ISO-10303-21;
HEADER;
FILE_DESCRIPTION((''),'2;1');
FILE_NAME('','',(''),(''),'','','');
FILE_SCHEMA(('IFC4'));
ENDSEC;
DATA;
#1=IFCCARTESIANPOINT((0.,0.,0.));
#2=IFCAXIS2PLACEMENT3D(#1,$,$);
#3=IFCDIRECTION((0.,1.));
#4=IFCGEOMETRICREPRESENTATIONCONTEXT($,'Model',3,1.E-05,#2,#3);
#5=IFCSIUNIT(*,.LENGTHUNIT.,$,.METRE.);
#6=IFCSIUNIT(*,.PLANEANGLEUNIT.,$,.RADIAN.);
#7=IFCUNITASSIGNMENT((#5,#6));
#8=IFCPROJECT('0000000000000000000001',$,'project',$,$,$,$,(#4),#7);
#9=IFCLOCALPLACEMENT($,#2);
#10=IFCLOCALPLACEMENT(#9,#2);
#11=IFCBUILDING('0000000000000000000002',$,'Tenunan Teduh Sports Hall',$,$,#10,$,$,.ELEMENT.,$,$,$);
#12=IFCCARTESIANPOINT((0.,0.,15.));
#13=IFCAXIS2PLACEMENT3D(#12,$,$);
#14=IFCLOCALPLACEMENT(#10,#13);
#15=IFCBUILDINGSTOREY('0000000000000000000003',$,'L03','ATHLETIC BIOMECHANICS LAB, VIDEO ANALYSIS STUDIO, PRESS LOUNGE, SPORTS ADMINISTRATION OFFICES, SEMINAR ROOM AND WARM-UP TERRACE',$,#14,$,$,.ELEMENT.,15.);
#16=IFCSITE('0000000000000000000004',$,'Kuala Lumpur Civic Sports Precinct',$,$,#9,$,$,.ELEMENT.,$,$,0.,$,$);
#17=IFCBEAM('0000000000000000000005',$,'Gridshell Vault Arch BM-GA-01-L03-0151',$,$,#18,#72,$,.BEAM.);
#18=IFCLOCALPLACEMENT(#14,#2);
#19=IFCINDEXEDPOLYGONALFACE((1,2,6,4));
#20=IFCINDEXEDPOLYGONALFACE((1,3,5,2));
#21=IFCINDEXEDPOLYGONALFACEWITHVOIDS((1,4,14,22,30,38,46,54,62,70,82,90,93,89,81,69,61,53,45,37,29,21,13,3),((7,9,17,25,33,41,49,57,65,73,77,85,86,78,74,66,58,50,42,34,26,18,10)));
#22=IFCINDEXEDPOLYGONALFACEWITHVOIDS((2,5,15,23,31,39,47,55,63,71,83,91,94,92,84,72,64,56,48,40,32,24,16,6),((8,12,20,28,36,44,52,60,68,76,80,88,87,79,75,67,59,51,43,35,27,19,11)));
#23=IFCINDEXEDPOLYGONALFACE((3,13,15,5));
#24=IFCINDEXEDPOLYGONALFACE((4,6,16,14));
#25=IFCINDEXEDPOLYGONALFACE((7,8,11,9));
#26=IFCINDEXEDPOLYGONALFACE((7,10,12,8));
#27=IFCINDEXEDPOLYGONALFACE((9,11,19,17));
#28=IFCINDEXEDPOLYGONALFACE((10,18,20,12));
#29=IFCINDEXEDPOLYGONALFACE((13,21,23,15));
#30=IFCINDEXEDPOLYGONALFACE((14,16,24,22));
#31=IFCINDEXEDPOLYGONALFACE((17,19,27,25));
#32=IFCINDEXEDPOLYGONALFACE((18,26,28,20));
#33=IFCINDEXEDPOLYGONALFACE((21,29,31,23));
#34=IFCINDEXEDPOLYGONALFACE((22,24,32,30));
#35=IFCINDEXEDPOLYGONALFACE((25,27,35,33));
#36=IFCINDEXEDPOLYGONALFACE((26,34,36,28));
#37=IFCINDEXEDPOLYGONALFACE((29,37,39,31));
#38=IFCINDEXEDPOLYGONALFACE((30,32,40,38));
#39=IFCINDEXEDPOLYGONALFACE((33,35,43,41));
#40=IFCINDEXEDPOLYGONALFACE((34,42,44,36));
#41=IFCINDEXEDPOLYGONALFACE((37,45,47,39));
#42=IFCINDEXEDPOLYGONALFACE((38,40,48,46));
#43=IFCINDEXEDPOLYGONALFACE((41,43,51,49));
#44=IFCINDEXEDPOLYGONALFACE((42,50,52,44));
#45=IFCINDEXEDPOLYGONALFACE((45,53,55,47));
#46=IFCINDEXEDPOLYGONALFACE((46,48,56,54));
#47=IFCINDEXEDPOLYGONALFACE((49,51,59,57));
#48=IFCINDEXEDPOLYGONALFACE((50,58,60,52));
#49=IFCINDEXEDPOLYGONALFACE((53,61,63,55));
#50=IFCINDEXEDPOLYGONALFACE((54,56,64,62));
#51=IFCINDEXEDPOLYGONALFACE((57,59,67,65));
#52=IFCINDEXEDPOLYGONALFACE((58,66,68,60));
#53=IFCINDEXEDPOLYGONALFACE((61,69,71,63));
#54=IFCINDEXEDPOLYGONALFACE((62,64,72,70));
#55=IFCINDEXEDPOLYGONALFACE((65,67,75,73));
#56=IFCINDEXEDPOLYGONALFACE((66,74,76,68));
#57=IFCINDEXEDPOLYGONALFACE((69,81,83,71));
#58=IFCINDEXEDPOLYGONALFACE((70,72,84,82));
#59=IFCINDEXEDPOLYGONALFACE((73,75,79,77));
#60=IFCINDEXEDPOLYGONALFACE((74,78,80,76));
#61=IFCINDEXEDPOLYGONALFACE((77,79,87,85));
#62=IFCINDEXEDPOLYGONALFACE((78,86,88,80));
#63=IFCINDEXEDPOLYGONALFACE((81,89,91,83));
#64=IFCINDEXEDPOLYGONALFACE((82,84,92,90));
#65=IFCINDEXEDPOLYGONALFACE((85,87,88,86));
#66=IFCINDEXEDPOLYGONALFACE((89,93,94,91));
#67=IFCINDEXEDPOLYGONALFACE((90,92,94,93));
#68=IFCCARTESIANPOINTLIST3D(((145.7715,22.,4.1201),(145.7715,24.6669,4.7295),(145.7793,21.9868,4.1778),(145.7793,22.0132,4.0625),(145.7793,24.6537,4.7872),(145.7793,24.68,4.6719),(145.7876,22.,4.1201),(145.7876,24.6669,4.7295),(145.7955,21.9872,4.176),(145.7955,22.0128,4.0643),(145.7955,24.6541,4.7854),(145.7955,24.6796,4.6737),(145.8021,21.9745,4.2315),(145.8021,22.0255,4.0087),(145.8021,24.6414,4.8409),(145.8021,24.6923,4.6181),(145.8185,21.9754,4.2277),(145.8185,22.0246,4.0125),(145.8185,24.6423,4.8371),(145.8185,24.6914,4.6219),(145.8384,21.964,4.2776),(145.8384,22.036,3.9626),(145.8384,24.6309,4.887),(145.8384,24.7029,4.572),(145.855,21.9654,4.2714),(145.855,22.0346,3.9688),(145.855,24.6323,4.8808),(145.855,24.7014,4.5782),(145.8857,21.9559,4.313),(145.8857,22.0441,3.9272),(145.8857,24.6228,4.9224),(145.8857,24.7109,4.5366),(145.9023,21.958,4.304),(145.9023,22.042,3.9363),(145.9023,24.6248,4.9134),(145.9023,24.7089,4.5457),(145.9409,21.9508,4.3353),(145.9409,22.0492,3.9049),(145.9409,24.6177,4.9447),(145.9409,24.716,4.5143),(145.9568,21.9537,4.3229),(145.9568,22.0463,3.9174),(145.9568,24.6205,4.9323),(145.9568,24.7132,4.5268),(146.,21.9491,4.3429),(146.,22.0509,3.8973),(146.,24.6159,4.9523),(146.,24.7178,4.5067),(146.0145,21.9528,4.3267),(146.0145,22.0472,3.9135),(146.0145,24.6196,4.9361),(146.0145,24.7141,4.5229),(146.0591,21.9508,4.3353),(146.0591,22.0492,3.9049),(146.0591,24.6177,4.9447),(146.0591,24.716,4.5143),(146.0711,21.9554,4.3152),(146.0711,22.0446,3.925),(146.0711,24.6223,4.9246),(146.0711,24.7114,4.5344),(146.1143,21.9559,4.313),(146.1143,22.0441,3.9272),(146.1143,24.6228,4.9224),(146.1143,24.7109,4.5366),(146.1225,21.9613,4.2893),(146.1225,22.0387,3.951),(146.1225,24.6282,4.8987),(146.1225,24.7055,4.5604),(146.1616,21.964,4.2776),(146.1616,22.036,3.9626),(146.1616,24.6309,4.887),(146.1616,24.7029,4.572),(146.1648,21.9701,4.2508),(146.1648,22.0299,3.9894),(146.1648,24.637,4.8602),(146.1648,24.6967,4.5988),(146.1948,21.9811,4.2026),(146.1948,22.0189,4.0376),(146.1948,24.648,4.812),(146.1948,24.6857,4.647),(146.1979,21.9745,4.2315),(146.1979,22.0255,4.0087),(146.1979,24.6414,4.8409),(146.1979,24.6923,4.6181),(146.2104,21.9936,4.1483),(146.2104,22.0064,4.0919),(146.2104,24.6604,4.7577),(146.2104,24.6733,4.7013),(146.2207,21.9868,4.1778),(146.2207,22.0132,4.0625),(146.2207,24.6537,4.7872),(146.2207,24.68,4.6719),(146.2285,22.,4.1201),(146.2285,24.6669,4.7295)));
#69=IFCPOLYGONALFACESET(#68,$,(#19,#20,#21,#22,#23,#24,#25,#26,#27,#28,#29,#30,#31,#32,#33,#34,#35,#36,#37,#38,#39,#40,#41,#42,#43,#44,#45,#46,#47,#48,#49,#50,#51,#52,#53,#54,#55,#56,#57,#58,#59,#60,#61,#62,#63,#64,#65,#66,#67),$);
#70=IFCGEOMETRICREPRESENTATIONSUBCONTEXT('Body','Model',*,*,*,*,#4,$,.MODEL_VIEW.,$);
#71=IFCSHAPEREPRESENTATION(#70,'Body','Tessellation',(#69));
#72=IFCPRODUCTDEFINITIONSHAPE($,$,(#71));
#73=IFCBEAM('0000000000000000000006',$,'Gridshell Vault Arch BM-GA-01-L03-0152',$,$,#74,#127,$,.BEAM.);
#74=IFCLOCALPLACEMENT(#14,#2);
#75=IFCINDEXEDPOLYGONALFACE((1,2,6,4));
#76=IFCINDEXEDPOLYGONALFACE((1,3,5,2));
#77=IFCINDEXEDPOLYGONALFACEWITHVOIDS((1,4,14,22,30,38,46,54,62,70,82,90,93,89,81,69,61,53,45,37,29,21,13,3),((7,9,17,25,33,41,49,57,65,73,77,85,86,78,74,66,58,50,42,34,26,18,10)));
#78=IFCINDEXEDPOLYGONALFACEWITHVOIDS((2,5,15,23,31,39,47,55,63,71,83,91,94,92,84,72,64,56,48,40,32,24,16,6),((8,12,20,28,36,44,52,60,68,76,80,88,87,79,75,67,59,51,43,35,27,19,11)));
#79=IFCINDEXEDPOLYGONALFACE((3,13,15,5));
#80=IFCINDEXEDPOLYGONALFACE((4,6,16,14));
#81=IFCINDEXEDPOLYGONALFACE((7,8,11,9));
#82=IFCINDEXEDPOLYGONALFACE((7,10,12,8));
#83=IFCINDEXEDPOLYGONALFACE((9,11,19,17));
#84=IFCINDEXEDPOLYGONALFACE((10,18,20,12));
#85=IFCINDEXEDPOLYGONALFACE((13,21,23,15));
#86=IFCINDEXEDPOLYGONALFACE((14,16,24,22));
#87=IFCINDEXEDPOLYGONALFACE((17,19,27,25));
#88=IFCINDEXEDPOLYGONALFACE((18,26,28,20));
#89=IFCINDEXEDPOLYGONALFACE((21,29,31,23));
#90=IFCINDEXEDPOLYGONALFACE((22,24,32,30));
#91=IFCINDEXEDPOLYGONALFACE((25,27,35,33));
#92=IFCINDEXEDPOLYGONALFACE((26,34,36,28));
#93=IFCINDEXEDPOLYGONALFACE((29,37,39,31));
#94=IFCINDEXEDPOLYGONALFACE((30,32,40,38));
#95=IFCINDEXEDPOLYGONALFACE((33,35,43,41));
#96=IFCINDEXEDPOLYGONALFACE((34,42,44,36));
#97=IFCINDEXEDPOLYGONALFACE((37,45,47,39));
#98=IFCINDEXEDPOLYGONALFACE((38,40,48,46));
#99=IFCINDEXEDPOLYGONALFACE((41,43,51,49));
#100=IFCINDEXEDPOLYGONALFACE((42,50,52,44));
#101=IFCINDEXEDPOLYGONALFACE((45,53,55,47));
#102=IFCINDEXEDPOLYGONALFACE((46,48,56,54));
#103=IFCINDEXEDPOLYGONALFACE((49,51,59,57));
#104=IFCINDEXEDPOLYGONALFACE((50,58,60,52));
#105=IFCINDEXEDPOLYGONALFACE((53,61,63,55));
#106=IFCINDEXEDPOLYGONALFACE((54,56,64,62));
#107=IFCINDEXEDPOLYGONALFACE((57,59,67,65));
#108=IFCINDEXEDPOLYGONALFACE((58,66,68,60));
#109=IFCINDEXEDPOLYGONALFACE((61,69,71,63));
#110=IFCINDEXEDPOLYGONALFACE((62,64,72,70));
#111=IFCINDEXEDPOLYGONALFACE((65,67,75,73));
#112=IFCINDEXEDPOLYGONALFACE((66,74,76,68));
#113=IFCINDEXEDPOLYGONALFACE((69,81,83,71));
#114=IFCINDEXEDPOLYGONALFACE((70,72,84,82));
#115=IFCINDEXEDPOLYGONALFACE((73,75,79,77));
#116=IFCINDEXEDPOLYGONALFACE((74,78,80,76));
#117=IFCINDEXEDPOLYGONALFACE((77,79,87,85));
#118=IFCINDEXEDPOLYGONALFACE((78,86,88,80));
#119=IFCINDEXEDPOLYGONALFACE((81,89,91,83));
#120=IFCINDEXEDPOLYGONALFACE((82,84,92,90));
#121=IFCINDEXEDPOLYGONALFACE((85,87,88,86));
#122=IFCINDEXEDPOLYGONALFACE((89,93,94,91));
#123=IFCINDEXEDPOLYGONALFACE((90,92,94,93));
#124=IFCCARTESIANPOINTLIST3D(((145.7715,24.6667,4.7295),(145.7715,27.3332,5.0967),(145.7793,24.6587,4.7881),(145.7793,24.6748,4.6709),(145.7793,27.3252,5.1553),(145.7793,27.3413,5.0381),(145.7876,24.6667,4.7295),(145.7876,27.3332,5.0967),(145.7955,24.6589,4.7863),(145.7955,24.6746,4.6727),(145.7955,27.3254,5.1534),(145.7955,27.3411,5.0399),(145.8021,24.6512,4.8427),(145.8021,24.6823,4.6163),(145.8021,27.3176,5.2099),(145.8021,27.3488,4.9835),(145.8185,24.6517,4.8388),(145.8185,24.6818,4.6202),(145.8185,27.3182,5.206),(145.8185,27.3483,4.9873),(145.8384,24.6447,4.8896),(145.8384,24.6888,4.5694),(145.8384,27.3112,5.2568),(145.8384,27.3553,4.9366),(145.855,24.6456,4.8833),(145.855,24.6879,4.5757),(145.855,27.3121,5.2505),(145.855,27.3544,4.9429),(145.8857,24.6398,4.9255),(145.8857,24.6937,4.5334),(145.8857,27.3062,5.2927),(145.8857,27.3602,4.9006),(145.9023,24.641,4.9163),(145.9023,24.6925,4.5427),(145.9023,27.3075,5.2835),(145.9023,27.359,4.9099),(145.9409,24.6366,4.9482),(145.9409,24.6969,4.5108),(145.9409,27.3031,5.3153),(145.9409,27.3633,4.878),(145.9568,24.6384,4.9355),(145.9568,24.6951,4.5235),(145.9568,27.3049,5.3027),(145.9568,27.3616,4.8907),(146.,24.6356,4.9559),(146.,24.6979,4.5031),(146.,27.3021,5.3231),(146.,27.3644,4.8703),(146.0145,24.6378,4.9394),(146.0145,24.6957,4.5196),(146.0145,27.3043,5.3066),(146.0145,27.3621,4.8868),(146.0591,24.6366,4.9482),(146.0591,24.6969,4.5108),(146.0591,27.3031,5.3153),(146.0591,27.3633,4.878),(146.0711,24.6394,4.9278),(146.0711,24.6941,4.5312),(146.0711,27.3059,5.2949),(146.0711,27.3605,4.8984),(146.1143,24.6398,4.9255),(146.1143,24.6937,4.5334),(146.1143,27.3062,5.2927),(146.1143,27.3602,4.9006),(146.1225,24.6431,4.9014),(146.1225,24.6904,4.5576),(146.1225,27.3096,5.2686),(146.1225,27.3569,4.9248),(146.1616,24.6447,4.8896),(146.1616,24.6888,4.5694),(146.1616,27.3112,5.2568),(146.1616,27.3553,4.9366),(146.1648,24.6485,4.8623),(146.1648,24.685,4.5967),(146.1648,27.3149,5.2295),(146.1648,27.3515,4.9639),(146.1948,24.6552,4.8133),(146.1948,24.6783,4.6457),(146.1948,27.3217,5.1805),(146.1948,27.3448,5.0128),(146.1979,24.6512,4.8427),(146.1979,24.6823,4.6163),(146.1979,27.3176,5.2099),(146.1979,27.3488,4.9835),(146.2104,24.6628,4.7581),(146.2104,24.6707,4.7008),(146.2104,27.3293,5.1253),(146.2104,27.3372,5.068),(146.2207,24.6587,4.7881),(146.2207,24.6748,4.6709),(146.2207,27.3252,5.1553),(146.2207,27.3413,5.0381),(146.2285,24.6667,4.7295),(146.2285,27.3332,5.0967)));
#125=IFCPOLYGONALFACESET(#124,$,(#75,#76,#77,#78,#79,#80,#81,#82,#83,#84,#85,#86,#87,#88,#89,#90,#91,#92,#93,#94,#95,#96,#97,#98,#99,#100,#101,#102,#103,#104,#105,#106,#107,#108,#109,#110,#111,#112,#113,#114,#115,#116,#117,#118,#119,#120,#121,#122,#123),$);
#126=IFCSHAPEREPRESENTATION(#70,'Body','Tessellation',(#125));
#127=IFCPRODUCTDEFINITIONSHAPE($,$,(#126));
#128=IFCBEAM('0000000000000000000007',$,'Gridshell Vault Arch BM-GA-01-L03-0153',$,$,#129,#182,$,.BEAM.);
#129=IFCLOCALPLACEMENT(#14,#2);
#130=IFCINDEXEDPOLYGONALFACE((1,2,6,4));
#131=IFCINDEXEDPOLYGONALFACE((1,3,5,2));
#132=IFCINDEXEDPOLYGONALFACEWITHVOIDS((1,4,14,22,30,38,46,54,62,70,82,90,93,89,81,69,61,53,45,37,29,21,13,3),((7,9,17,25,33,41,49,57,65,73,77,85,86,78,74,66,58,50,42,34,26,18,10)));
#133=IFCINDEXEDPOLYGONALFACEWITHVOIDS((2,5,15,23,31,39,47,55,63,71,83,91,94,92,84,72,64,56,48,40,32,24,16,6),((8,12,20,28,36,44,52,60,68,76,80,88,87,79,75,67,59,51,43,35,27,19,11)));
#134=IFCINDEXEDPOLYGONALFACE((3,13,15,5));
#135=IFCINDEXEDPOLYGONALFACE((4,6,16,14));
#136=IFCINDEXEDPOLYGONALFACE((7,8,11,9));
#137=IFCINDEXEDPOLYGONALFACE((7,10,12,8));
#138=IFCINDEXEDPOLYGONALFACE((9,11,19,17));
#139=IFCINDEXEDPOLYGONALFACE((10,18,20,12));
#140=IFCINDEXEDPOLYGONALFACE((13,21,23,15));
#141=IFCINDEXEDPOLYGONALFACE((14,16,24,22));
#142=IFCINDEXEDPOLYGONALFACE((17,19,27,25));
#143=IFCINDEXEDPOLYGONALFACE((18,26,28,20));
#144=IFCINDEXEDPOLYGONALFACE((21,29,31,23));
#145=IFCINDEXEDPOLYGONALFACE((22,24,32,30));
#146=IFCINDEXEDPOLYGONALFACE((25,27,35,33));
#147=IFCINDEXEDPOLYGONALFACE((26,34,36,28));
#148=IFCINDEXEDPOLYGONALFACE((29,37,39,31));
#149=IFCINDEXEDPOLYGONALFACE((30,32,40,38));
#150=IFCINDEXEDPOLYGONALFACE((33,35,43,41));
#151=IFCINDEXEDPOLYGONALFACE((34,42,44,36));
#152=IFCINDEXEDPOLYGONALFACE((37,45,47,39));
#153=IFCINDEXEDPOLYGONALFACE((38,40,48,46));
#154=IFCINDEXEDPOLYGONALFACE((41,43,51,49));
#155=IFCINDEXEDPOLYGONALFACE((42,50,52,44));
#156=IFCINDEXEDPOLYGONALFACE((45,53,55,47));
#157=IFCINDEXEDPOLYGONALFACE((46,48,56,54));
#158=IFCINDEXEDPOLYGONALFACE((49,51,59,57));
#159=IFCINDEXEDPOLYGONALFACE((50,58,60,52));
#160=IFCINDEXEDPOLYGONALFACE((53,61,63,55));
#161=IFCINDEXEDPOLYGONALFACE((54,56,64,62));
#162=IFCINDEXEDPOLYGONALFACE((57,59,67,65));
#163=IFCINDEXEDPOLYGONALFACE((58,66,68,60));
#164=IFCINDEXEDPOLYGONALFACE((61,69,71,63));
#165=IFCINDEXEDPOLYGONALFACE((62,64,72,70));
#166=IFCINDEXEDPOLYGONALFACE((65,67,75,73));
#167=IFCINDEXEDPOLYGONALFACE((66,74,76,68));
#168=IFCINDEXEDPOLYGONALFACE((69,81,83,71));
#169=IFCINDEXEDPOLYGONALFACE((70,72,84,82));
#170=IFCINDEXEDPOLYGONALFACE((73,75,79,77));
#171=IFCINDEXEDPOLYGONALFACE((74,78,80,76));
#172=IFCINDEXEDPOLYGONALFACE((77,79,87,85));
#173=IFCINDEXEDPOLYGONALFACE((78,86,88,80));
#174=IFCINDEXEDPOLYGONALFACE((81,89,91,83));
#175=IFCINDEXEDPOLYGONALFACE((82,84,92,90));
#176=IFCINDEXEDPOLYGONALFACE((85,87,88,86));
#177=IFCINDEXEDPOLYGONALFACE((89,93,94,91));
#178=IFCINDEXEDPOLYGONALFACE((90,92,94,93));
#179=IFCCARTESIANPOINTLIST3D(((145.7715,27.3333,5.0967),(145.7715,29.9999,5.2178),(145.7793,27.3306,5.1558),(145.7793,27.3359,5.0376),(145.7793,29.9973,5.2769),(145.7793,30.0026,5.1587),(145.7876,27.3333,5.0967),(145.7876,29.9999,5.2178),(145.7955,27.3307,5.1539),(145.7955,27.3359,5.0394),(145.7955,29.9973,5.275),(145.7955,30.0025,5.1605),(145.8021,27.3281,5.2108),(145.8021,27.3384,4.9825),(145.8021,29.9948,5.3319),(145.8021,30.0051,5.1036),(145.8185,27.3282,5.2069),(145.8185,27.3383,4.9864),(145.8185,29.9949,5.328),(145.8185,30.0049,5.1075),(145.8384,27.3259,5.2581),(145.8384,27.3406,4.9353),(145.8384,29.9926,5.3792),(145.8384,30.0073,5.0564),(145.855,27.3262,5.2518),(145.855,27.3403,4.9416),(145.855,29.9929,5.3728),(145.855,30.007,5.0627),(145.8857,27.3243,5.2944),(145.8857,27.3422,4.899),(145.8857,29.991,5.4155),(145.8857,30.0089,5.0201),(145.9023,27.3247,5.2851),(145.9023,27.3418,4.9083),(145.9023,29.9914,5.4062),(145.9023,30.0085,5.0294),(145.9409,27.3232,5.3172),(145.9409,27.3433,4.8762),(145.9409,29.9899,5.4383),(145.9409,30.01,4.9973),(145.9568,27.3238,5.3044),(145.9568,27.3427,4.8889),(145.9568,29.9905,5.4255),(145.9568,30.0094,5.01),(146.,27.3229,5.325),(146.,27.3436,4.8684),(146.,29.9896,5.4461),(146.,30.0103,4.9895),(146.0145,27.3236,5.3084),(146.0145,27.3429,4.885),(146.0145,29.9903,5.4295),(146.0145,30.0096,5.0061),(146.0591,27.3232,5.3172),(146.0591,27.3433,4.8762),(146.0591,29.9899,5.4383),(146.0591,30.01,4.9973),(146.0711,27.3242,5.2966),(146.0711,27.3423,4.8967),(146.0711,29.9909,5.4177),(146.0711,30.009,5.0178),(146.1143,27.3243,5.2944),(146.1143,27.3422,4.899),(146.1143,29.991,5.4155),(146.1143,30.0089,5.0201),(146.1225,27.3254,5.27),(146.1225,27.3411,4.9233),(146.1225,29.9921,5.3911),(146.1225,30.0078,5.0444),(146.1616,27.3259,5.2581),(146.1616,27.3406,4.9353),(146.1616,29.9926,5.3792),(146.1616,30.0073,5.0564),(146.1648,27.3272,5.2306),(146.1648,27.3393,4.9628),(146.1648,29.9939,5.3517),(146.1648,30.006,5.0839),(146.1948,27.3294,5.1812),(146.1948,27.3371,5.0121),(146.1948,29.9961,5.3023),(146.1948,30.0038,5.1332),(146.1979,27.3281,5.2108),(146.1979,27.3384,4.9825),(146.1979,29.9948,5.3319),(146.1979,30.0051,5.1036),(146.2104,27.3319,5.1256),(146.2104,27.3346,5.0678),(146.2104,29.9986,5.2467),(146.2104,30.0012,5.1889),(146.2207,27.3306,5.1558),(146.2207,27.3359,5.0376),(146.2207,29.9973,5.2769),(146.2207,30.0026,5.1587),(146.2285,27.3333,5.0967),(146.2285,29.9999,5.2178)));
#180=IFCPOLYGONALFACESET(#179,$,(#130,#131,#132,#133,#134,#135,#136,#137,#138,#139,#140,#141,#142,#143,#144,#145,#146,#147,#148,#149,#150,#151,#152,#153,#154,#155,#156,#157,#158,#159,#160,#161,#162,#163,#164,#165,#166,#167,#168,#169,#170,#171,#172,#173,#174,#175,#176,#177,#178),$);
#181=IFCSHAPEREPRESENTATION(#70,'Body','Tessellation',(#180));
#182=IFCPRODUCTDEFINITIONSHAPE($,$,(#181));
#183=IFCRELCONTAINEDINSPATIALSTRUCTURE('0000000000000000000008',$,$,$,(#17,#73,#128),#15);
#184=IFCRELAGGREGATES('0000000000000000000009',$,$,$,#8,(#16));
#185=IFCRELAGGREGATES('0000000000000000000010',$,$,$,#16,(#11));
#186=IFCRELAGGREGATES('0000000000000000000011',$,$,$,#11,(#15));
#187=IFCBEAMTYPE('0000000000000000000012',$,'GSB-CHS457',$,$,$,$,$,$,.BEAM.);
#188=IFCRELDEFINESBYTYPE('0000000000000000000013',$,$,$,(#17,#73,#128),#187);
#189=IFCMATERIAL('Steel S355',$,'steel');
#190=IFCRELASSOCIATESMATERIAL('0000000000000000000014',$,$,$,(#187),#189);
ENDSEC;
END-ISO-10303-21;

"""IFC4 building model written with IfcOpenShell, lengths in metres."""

from ifc_helpers import new_model, si_unit, direction, frame, origin, origin_2d, place, context, subcontext, project, spatial, hollow_circle, extrude, material, material_profile, profile_set, type_object, element, save


model = new_model("IFC4")

# Units and contexts
model_context = context("Model", 3, precision=1e-05, world=origin(), true_north=direction((0.0, 1.0)))
body_context = subcontext(model_context, "Body", "Model", "MODEL_VIEW")
ifc_project = project(units=[si_unit("LENGTHUNIT", "METRE"), si_unit("PLANEANGLEUNIT", "RADIAN")], contexts=[model_context])

# Site, building, storey
site_placement = place(None, origin())
site = spatial("IfcSite", under=ifc_project, at=site_placement, Name="Kuala Lumpur Civic Sports Precinct", CompositionType="ELEMENT", RefElevation=0.0)
building_placement = place(site_placement, origin())
building = spatial("IfcBuilding", under=site, at=building_placement, Name="Tenunan Teduh Sports Hall", CompositionType="ELEMENT")
storey_placement = place(building_placement, frame((0.0, 0.0, 15.0)))
storey = spatial("IfcBuildingStorey", under=building, at=storey_placement, Name="L03", Description="ATHLETIC BIOMECHANICS LAB, VIDEO ANALYSIS STUDIO, PRESS LOUNGE, SPORTS ADMINISTRATION OFFICES, SEMINAR ROOM AND WARM-UP TERRACE", CompositionType="ELEMENT", Elevation=15.0)

# Beams
ifc_material_1 = material(Name="Steel S355", Category="steel")
ifc_material_profile_1 = material_profile(ifc_material_1, hollow_circle(Radius=0.2285, WallThickness=0.0161, at=origin_2d()), Name="CHS 457.0x16.0")
ifc_profile_set_1 = profile_set([ifc_material_profile_1], Name="Steel S355")
beam_type_1 = type_object("IfcBeamType", Name="GSB-CHS457", PredefinedType="BEAM", material=ifc_profile_set_1)
beam_1_placement = place(storey_placement, frame((146.0, 22.0, 4.1201), z_axis=(0.0, 0.974872, 0.222767), x_axis=(-1.0, 0.0, 0.0)))
element("IfcBeam", 1, at=beam_1_placement, inside=storey, type_object=beam_type_1, Name="Gridshell Vault Arch BM-GA-01-L03-0151", PredefinedType="BEAM", context=body_context, shape_type="SweptSolid", body=[
    extrude(hollow_circle(Radius=0.2285, WallThickness=0.0161, at=origin_2d()), origin(), (0.0, 0.0, 1.0), 2.7356),
])
beam_2_placement = place(storey_placement, frame((146.0, 24.6667, 4.7295), z_axis=(0.0, 0.990652, 0.136416), x_axis=(-1.0, 0.0, 0.0)))
element("IfcBeam", 2, at=beam_2_placement, inside=storey, type_object=beam_type_1, Name="Gridshell Vault Arch BM-GA-01-L03-0152", PredefinedType="BEAM", context=body_context, shape_type="SweptSolid", body=[
    extrude(hollow_circle(Radius=0.2285, WallThickness=0.0161, at=origin_2d()), origin(), (0.0, 0.0, 1.0), 2.6917),
])
beam_3_placement = place(storey_placement, frame((146.0, 27.3333, 5.0967), z_axis=(0.0, 0.998971, 0.045362), x_axis=(-1.0, 0.0, 0.0)))
element("IfcBeam", 3, at=beam_3_placement, inside=storey, type_object=beam_type_1, Name="Gridshell Vault Arch BM-GA-01-L03-0153", PredefinedType="BEAM", context=body_context, shape_type="SweptSolid", body=[
    extrude(hollow_circle(Radius=0.2285, WallThickness=0.0161, at=origin_2d()), origin(), (0.0, 0.0, 1.0), 2.6694),
])

save(model, "model.ifc")
